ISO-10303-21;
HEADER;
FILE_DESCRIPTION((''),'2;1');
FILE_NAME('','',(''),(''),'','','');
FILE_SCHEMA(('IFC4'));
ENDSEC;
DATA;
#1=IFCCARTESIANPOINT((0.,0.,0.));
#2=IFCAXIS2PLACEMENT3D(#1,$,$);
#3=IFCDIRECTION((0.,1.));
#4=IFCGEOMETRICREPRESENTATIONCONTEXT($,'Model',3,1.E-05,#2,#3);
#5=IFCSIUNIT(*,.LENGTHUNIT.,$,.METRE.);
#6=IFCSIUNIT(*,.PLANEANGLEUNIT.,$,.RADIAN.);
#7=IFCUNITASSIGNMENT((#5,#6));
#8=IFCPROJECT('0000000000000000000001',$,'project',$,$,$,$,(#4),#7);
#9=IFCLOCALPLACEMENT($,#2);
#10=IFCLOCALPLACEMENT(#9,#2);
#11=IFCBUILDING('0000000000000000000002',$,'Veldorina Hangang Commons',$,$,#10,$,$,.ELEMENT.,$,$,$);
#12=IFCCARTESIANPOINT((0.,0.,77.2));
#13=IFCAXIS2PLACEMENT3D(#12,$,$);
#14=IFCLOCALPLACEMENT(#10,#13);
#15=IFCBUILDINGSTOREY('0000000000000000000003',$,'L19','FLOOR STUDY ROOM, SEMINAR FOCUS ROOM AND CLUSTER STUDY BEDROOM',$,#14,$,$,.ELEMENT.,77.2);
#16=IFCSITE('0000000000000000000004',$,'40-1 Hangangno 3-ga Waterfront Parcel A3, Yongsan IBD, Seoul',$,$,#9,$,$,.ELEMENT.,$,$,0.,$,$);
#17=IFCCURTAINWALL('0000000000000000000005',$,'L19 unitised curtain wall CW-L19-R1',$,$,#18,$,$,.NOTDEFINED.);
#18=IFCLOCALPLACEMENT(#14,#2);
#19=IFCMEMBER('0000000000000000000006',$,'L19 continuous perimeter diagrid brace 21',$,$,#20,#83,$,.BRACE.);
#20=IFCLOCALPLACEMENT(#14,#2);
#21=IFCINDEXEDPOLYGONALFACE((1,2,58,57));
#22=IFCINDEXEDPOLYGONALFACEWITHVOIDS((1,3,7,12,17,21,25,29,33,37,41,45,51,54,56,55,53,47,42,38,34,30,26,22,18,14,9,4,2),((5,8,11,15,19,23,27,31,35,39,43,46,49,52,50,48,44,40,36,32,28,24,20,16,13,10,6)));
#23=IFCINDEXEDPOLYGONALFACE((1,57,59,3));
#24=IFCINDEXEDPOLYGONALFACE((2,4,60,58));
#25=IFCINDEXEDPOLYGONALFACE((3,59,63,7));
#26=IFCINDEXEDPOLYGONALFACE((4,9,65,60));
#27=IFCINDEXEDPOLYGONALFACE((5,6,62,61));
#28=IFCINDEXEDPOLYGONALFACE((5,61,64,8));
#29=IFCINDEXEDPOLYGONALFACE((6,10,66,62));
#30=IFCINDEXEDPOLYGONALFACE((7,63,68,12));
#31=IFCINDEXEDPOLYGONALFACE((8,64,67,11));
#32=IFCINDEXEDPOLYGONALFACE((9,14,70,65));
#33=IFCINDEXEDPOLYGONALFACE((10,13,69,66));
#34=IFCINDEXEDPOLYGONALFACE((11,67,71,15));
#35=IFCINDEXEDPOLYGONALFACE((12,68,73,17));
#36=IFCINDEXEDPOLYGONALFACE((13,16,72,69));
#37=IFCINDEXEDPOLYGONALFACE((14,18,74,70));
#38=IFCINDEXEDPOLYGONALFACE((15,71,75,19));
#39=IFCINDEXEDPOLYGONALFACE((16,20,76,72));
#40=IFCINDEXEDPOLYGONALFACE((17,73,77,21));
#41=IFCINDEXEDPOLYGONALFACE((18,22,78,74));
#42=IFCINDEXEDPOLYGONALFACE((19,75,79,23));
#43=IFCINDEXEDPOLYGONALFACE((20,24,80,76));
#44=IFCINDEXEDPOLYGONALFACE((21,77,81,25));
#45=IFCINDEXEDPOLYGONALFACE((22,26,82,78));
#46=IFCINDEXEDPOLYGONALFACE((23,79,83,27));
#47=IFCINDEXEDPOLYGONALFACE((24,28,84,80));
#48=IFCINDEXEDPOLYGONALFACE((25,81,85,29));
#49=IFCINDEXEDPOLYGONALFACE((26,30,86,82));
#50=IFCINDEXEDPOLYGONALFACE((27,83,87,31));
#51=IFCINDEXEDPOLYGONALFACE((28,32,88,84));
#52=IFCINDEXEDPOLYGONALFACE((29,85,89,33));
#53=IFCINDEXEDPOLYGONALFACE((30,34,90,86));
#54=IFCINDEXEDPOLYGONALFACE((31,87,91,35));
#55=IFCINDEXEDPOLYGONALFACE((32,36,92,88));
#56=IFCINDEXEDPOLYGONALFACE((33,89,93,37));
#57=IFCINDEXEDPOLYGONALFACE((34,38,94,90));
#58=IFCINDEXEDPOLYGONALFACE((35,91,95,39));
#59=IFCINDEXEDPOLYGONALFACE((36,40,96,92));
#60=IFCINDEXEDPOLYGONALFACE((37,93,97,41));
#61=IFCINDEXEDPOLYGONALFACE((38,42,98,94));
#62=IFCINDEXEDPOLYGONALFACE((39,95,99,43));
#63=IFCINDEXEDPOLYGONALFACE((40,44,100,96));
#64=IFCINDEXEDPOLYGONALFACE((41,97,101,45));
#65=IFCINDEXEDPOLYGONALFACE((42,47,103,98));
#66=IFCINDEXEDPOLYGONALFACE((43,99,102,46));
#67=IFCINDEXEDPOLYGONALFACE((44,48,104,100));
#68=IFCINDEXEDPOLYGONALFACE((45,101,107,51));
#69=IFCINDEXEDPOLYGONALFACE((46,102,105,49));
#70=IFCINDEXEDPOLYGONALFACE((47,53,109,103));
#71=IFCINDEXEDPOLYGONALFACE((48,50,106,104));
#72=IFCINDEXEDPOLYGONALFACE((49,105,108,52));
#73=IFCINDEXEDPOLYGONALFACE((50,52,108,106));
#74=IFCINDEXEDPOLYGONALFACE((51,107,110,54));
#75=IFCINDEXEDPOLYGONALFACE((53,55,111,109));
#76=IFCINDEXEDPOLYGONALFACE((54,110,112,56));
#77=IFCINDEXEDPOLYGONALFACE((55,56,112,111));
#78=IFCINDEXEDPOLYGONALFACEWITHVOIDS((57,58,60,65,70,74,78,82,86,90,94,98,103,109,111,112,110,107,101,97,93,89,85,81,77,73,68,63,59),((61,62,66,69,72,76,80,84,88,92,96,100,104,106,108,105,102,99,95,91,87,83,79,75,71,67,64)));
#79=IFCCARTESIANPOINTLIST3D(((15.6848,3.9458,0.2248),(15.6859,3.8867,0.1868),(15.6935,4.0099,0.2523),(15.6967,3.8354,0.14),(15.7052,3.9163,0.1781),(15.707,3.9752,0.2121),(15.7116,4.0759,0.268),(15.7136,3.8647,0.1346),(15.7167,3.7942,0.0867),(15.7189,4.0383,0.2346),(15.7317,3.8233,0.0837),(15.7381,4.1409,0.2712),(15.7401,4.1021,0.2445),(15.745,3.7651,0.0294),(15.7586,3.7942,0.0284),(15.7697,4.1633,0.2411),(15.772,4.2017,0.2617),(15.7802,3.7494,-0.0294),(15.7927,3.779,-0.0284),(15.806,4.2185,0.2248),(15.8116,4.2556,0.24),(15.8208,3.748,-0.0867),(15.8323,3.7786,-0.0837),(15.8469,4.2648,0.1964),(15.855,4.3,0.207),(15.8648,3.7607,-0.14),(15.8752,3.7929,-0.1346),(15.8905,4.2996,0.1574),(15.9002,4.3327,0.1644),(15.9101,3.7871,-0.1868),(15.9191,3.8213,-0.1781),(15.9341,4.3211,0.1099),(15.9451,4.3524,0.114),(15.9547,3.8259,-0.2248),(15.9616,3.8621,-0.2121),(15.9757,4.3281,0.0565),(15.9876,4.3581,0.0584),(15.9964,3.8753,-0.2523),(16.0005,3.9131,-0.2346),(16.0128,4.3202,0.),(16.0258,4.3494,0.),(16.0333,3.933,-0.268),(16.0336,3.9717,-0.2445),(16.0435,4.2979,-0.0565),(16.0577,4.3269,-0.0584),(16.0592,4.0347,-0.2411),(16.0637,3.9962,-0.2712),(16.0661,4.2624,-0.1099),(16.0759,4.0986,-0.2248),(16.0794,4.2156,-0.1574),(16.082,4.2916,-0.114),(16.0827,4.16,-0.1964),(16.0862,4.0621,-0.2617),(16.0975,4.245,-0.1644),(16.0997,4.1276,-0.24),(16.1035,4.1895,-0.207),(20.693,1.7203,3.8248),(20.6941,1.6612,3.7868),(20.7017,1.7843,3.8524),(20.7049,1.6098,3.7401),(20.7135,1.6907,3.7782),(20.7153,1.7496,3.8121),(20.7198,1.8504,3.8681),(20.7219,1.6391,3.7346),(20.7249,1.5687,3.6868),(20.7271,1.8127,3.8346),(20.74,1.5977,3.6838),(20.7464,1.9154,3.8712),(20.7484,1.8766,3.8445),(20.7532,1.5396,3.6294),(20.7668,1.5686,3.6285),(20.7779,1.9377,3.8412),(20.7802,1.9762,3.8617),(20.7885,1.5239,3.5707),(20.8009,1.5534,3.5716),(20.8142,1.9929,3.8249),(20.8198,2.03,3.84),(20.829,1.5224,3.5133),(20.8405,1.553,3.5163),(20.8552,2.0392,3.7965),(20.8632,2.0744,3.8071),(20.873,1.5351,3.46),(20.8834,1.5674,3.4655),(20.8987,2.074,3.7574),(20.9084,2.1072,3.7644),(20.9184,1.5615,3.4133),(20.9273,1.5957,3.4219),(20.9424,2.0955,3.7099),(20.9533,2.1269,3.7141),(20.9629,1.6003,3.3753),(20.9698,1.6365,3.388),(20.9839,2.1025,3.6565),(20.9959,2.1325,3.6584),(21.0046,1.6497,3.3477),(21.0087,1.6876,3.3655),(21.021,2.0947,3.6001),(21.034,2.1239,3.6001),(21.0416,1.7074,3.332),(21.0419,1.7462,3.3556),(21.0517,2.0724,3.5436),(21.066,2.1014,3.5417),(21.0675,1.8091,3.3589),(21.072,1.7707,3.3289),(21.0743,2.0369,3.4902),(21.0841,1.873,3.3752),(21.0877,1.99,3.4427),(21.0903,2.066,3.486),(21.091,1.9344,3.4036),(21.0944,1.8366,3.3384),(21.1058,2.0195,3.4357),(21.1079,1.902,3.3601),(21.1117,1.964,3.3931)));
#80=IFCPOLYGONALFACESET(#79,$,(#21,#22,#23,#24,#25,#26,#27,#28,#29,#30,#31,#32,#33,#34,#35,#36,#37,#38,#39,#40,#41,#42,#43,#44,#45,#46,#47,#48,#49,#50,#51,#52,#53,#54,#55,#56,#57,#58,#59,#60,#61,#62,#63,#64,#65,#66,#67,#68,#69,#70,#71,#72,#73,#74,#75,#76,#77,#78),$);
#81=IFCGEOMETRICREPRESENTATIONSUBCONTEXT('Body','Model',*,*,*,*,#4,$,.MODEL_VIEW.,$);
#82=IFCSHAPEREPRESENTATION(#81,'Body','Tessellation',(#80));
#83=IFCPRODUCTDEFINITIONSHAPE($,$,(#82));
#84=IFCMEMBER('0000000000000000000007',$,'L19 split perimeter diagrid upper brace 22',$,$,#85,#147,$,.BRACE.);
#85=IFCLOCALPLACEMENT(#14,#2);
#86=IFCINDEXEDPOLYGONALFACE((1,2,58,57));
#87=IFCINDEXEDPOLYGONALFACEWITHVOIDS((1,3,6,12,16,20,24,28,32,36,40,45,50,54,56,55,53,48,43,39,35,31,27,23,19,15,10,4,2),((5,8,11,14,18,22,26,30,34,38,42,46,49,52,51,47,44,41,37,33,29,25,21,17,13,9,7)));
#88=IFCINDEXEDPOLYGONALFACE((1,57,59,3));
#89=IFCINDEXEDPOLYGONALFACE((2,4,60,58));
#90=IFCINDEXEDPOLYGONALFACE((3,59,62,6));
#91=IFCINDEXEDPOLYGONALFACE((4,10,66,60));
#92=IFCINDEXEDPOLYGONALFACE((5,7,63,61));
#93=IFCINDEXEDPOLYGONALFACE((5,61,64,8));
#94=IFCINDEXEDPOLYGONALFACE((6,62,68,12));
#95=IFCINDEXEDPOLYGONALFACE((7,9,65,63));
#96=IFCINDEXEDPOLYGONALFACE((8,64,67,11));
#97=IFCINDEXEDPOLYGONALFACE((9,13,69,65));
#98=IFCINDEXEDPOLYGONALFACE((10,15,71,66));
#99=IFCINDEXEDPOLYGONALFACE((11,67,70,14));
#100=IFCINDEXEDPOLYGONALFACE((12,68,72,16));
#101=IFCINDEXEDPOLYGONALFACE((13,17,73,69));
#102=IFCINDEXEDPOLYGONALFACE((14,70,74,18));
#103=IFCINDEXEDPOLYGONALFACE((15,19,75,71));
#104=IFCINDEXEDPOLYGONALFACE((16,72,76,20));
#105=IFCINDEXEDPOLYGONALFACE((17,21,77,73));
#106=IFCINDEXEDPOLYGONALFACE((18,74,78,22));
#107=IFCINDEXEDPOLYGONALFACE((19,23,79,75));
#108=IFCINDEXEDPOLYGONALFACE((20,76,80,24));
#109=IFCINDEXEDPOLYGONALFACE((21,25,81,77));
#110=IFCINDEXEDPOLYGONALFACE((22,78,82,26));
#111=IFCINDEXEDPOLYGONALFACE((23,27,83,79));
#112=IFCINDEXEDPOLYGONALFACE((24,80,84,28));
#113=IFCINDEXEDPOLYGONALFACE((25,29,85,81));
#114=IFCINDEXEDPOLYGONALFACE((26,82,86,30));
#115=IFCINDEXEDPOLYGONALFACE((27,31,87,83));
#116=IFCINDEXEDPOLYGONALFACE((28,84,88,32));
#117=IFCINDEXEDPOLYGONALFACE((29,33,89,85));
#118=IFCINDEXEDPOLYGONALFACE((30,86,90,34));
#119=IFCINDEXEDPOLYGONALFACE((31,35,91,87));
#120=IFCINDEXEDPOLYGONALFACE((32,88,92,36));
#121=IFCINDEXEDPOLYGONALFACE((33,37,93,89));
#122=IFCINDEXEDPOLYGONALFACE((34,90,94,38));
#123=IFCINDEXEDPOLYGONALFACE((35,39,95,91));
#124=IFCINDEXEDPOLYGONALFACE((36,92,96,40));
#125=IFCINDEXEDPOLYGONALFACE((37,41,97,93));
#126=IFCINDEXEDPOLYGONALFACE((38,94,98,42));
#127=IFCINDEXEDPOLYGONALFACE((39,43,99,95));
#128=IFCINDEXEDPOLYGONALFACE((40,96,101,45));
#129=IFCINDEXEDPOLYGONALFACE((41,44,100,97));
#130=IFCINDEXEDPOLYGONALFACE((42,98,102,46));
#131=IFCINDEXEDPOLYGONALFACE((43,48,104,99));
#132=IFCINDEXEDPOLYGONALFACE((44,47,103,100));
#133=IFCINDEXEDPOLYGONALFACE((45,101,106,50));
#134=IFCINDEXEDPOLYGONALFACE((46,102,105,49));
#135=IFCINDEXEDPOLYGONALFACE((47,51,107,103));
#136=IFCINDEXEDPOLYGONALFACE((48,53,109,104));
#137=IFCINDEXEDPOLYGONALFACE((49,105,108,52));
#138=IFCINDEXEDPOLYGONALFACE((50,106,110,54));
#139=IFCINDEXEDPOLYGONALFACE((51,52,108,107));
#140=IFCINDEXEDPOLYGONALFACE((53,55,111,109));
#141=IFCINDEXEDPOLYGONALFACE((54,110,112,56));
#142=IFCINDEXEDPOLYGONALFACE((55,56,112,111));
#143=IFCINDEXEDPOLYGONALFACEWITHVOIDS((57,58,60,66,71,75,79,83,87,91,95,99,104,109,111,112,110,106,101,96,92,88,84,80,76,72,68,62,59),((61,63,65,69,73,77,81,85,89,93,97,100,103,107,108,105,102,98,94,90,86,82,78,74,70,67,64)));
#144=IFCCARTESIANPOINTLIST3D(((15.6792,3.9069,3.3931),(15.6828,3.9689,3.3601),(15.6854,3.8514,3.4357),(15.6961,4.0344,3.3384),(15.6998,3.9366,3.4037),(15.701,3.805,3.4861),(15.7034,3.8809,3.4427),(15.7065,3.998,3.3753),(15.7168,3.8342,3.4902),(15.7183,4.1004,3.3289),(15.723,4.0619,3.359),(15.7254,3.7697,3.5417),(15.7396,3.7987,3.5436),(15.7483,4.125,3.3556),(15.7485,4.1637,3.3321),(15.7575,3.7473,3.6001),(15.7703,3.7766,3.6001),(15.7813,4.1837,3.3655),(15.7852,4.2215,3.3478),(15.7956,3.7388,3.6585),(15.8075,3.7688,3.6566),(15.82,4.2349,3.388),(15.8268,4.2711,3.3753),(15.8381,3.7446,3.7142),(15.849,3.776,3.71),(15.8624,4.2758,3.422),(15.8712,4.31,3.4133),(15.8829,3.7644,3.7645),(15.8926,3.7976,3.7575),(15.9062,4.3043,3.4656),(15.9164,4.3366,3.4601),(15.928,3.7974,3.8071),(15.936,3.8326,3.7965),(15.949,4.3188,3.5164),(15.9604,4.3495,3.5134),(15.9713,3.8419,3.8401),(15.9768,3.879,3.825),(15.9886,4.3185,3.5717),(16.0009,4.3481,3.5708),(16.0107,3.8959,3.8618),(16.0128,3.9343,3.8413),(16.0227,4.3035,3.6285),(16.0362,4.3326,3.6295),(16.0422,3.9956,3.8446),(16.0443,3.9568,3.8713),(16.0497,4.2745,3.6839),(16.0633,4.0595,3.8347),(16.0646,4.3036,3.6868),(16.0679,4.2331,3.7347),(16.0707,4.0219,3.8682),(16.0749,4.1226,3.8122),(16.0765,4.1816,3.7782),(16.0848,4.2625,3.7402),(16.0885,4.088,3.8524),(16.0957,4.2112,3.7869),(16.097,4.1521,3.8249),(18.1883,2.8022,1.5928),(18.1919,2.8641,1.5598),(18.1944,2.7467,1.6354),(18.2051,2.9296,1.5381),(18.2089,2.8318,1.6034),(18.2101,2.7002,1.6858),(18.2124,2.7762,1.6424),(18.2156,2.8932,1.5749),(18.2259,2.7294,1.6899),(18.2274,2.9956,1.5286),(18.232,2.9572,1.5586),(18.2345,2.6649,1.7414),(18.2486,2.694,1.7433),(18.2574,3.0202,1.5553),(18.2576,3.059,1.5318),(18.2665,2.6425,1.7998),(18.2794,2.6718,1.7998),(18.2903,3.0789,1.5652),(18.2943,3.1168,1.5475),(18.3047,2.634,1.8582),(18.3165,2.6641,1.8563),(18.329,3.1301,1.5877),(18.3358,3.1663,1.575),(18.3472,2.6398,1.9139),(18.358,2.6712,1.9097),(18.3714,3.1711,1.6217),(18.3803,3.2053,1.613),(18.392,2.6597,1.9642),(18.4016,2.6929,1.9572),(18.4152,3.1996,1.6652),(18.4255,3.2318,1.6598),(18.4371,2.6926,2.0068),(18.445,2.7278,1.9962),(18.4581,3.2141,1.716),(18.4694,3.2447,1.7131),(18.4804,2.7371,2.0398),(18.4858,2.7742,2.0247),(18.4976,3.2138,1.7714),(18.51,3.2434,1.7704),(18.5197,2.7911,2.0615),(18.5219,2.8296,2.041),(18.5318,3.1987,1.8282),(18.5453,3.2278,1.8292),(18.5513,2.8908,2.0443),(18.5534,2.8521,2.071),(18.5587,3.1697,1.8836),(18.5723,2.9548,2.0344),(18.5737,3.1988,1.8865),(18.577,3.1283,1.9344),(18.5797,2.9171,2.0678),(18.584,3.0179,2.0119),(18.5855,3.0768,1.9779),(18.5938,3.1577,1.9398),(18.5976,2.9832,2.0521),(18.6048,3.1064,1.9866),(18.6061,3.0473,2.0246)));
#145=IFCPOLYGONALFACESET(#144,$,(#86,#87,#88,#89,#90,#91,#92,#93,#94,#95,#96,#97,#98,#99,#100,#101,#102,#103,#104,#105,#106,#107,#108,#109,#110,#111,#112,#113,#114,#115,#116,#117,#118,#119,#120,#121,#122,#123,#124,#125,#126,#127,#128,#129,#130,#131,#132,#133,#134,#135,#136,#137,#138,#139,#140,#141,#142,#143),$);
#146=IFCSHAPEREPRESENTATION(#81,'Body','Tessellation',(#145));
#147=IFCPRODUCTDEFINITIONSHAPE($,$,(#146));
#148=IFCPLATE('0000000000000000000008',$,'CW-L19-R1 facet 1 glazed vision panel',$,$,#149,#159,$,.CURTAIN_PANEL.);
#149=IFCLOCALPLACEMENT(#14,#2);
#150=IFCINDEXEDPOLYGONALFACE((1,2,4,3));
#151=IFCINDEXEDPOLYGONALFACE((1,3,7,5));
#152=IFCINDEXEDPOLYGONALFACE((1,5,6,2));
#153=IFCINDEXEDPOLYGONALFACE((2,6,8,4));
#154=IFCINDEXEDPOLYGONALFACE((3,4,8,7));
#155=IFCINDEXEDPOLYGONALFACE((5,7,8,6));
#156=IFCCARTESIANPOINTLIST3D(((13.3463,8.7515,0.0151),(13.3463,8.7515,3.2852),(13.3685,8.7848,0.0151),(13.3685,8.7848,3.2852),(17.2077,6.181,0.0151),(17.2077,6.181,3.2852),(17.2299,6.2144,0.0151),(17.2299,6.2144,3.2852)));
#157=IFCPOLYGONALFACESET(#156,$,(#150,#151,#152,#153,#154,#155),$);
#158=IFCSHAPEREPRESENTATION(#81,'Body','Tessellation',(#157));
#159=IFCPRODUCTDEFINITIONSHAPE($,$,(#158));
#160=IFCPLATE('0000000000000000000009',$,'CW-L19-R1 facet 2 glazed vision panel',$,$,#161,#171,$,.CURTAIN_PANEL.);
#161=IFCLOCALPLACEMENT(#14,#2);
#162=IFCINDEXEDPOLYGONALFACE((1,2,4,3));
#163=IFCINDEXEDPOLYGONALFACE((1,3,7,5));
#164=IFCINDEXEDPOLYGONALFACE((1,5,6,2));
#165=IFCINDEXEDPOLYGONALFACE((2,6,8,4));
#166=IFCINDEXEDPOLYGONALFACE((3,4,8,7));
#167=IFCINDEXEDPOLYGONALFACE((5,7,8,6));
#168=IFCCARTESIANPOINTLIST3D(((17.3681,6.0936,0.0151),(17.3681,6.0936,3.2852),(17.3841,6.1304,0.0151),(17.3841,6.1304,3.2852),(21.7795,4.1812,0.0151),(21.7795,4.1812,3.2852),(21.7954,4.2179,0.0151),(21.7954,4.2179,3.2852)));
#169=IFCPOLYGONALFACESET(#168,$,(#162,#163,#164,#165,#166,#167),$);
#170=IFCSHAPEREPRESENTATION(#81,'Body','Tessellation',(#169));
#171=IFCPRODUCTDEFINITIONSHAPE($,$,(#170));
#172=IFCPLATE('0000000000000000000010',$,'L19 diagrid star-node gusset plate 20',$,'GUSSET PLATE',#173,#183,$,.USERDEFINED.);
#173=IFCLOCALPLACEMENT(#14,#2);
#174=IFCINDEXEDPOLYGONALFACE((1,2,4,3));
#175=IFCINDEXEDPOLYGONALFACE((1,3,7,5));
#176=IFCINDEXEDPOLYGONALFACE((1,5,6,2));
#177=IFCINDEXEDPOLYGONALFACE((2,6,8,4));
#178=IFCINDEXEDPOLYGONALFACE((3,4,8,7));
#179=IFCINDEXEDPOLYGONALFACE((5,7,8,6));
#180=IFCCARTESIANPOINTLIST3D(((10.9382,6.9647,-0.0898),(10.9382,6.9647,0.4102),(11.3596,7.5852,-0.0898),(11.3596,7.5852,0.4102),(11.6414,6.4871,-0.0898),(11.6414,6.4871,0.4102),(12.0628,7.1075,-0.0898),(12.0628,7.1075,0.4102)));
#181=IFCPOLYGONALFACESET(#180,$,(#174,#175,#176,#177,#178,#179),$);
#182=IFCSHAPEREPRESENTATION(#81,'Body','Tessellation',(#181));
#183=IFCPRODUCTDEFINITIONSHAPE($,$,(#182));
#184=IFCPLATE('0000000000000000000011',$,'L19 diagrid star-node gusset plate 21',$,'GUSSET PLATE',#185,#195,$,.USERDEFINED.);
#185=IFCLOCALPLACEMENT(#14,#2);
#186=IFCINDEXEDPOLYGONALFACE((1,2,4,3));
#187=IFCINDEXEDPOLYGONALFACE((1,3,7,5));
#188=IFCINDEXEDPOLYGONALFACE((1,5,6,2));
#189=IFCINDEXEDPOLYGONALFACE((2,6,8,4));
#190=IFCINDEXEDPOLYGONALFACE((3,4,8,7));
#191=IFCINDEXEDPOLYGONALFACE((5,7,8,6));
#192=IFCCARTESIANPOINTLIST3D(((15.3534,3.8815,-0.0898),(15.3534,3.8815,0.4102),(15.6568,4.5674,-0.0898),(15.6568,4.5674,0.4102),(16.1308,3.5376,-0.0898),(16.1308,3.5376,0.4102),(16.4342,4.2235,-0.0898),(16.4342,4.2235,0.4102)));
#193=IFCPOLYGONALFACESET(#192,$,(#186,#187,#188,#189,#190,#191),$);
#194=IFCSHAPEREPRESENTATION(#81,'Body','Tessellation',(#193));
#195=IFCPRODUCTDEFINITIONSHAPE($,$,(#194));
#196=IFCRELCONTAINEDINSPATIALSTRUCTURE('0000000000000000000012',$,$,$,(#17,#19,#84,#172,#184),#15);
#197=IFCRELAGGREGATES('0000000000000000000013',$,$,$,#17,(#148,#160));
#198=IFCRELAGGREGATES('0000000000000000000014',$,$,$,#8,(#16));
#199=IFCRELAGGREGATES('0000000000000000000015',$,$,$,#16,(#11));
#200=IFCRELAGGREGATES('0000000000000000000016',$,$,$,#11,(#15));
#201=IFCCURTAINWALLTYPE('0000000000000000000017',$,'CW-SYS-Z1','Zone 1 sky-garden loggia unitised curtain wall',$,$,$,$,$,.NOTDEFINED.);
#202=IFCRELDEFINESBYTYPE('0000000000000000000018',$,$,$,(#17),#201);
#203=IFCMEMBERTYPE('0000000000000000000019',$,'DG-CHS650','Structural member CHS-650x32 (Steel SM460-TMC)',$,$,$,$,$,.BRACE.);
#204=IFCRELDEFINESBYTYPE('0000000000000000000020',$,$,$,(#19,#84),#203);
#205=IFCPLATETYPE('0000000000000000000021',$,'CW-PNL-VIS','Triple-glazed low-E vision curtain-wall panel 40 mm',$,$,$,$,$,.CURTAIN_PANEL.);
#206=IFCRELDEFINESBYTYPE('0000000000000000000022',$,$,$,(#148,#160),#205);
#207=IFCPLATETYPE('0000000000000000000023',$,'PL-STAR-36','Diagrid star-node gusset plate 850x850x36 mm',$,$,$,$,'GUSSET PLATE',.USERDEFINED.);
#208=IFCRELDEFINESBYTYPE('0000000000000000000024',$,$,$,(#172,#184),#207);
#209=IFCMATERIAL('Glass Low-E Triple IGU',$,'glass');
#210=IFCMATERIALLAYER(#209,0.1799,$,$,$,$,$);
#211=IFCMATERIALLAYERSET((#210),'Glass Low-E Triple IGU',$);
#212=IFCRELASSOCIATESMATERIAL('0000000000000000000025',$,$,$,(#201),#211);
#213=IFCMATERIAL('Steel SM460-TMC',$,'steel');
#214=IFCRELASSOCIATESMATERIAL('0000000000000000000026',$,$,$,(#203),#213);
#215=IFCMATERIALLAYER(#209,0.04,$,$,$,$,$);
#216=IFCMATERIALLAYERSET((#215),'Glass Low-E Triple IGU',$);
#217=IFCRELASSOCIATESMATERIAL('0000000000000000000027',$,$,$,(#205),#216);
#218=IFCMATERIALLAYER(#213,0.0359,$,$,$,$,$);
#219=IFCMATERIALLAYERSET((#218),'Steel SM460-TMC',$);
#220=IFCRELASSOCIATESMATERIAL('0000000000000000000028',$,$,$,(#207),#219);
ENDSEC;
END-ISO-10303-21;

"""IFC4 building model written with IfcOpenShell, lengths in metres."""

from ifc_helpers import new_model, si_unit, direction, frame, origin, origin_2d, place, context, subcontext, project, spatial, rectangle, hollow_circle, extrude, material, layer, layer_set, material_profile, profile_set, type_object, element, aggregate, save


model = new_model("IFC4")

# Units and contexts
model_context = context("Model", 3, precision=1e-05, world=origin(), true_north=direction((0.0, 1.0)))
body_context = subcontext(model_context, "Body", "Model", "MODEL_VIEW")
ifc_project = project(units=[si_unit("LENGTHUNIT", "METRE"), si_unit("PLANEANGLEUNIT", "RADIAN")], contexts=[model_context])

# Site, building, storey
site_placement = place(None, origin())
site = spatial("IfcSite", under=ifc_project, at=site_placement, Name="40-1 Hangangno 3-ga Waterfront Parcel A3, Yongsan IBD, Seoul", CompositionType="ELEMENT", RefElevation=0.0)
building_placement = place(site_placement, origin())
building = spatial("IfcBuilding", under=site, at=building_placement, Name="Veldorina Hangang Commons", CompositionType="ELEMENT")
storey_placement = place(building_placement, frame((0.0, 0.0, 77.2)))
storey = spatial("IfcBuildingStorey", under=building, at=storey_placement, Name="L19", Description="FLOOR STUDY ROOM, SEMINAR FOCUS ROOM AND CLUSTER STUDY BEDROOM", CompositionType="ELEMENT", Elevation=77.2)

# Curtain wall
ifc_material_1 = material(Name="Glass Low-E Triple IGU", Category="glass")
ifc_layer_1 = layer(ifc_material_1, 0.1799)
ifc_layer_set_1 = layer_set([ifc_layer_1], Name="Glass Low-E Triple IGU")
curtain_wall_type = type_object("IfcCurtainWallType", Name="CW-SYS-Z1", Description="Zone 1 sky-garden loggia unitised curtain wall", PredefinedType="NOTDEFINED", material=ifc_layer_set_1)
curtain_wall_placement = place(storey_placement, origin())
curtain_wall = element("IfcCurtainWall", 1, at=curtain_wall_placement, inside=storey, type_object=curtain_wall_type, Name="L19 unitised curtain wall CW-L19-R1", PredefinedType="NOTDEFINED")

# Members
ifc_material_2 = material(Name="Steel SM460-TMC", Category="steel")
ifc_material_profile_1 = material_profile(ifc_material_2, hollow_circle(Radius=0.325, WallThickness=0.032, at=origin_2d()), Name="CHS-650x32")
ifc_profile_set_1 = profile_set([ifc_material_profile_1], Name="Steel SM460-TMC")
member_type_1 = type_object("IfcMemberType", Name="DG-CHS650", Description="Structural member CHS-650x32 (Steel SM460-TMC)", PredefinedType="BRACE", material=ifc_profile_set_1)
member_1_placement = place(storey_placement, frame((15.8938, 4.0525, 0.0), z_axis=(0.763785, -0.33941, 0.549029), x_axis=(0.406089, 0.913834, 0.0)))
element("IfcMember", 2, at=member_1_placement, inside=storey, type_object=member_type_1, Name="L19 continuous perimeter diagrid brace 21", PredefinedType="BRACE", context=body_context, shape_type="SweptSolid", body=[
    extrude(hollow_circle(Radius=0.325, WallThickness=0.032, at=origin_2d()), origin(), (0.0, 0.0, 1.0), 6.5571),
])
member_2_placement = place(storey_placement, frame((18.3975, 2.9399, 1.7998), z_axis=(-0.765008, 0.336836, 0.548912), x_axis=(-0.402971, -0.915213, 0.0)))
element("IfcMember", 3, at=member_2_placement, inside=storey, type_object=member_type_1, Name="L19 split perimeter diagrid upper brace 22", PredefinedType="BRACE", context=body_context, shape_type="SweptSolid", body=[
    extrude(hollow_circle(Radius=0.325, WallThickness=0.032, at=origin_2d()), origin(), (0.0, 0.0, 1.0), 3.2798),
])

# Plates
ifc_layer_2 = layer(ifc_material_1, 0.04)
ifc_layer_set_2 = layer_set([ifc_layer_2], Name="Glass Low-E Triple IGU")
plate_type_1 = type_object("IfcPlateType", Name="CW-PNL-VIS", Description="Triple-glazed low-E vision curtain-wall panel 40 mm", PredefinedType="CURTAIN_PANEL", material=ifc_layer_set_2)
plate_1_placement = place(storey_placement, frame((15.2881, 7.4829, 0.0151), z_axis=(0.0, 0.0, 1.0), x_axis=(0.832428, -0.554133, 0.0)))
plate_1 = element("IfcPlate", 4, at=plate_1_placement, type_object=plate_type_1, Name="CW-L19-R1 facet 1 glazed vision panel", PredefinedType="CURTAIN_PANEL", context=body_context, shape_type="SweptSolid", body=[
    extrude(rectangle(XDim=4.6387, YDim=0.04, at=origin_2d()), origin(), (0.0, 0.0, 1.0), 3.27),
])
plate_2_placement = place(storey_placement, frame((19.5818, 5.1558, 0.0151), z_axis=(0.0, 0.0, 1.0), x_axis=(0.917491, -0.397756, 0.0)))
plate_2 = element("IfcPlate", 5, at=plate_2_placement, type_object=plate_type_1, Name="CW-L19-R1 facet 2 glazed vision panel", PredefinedType="CURTAIN_PANEL", context=body_context, shape_type="SweptSolid", body=[
    extrude(rectangle(XDim=4.8081, YDim=0.04, at=origin_2d()), origin(), (0.0, 0.0, 1.0), 3.27),
])
aggregate(curtain_wall, [plate_1, plate_2])

# Plates
ifc_layer_3 = layer(ifc_material_2, 0.0359)
ifc_layer_set_3 = layer_set([ifc_layer_3], Name="Steel SM460-TMC")
plate_type_2 = type_object("IfcPlateType", Name="PL-STAR-36", Description="Diagrid star-node gusset plate 850x850x36 mm", ElementType="GUSSET PLATE", PredefinedType="USERDEFINED", material=ifc_layer_set_3)
for number, where, z_axis, x_axis, name in (
    (6, (11.5005, 7.0361, -0.0898), (0.0, 0.0, 1.0), (0.827247, -0.561838, 0.0), "L19 diagrid star-node gusset plate 20"),
    (7, (15.8938, 4.0525, -0.0898), (0.0, 0.0, 1.0), (0.914537, -0.404503, 0.0), "L19 diagrid star-node gusset plate 21"),
):
    element("IfcPlate", number, at=place(storey_placement, frame(where, z_axis=z_axis, x_axis=x_axis)), inside=storey, type_object=plate_type_2, Name=name, ObjectType="GUSSET PLATE", PredefinedType="USERDEFINED", context=body_context, shape_type="SweptSolid", body=[
        extrude(rectangle(XDim=0.8501, YDim=0.75, at=origin_2d()), origin(), (0.0, 0.0, 1.0), 0.5),
    ])

save(model, "model.ifc")
